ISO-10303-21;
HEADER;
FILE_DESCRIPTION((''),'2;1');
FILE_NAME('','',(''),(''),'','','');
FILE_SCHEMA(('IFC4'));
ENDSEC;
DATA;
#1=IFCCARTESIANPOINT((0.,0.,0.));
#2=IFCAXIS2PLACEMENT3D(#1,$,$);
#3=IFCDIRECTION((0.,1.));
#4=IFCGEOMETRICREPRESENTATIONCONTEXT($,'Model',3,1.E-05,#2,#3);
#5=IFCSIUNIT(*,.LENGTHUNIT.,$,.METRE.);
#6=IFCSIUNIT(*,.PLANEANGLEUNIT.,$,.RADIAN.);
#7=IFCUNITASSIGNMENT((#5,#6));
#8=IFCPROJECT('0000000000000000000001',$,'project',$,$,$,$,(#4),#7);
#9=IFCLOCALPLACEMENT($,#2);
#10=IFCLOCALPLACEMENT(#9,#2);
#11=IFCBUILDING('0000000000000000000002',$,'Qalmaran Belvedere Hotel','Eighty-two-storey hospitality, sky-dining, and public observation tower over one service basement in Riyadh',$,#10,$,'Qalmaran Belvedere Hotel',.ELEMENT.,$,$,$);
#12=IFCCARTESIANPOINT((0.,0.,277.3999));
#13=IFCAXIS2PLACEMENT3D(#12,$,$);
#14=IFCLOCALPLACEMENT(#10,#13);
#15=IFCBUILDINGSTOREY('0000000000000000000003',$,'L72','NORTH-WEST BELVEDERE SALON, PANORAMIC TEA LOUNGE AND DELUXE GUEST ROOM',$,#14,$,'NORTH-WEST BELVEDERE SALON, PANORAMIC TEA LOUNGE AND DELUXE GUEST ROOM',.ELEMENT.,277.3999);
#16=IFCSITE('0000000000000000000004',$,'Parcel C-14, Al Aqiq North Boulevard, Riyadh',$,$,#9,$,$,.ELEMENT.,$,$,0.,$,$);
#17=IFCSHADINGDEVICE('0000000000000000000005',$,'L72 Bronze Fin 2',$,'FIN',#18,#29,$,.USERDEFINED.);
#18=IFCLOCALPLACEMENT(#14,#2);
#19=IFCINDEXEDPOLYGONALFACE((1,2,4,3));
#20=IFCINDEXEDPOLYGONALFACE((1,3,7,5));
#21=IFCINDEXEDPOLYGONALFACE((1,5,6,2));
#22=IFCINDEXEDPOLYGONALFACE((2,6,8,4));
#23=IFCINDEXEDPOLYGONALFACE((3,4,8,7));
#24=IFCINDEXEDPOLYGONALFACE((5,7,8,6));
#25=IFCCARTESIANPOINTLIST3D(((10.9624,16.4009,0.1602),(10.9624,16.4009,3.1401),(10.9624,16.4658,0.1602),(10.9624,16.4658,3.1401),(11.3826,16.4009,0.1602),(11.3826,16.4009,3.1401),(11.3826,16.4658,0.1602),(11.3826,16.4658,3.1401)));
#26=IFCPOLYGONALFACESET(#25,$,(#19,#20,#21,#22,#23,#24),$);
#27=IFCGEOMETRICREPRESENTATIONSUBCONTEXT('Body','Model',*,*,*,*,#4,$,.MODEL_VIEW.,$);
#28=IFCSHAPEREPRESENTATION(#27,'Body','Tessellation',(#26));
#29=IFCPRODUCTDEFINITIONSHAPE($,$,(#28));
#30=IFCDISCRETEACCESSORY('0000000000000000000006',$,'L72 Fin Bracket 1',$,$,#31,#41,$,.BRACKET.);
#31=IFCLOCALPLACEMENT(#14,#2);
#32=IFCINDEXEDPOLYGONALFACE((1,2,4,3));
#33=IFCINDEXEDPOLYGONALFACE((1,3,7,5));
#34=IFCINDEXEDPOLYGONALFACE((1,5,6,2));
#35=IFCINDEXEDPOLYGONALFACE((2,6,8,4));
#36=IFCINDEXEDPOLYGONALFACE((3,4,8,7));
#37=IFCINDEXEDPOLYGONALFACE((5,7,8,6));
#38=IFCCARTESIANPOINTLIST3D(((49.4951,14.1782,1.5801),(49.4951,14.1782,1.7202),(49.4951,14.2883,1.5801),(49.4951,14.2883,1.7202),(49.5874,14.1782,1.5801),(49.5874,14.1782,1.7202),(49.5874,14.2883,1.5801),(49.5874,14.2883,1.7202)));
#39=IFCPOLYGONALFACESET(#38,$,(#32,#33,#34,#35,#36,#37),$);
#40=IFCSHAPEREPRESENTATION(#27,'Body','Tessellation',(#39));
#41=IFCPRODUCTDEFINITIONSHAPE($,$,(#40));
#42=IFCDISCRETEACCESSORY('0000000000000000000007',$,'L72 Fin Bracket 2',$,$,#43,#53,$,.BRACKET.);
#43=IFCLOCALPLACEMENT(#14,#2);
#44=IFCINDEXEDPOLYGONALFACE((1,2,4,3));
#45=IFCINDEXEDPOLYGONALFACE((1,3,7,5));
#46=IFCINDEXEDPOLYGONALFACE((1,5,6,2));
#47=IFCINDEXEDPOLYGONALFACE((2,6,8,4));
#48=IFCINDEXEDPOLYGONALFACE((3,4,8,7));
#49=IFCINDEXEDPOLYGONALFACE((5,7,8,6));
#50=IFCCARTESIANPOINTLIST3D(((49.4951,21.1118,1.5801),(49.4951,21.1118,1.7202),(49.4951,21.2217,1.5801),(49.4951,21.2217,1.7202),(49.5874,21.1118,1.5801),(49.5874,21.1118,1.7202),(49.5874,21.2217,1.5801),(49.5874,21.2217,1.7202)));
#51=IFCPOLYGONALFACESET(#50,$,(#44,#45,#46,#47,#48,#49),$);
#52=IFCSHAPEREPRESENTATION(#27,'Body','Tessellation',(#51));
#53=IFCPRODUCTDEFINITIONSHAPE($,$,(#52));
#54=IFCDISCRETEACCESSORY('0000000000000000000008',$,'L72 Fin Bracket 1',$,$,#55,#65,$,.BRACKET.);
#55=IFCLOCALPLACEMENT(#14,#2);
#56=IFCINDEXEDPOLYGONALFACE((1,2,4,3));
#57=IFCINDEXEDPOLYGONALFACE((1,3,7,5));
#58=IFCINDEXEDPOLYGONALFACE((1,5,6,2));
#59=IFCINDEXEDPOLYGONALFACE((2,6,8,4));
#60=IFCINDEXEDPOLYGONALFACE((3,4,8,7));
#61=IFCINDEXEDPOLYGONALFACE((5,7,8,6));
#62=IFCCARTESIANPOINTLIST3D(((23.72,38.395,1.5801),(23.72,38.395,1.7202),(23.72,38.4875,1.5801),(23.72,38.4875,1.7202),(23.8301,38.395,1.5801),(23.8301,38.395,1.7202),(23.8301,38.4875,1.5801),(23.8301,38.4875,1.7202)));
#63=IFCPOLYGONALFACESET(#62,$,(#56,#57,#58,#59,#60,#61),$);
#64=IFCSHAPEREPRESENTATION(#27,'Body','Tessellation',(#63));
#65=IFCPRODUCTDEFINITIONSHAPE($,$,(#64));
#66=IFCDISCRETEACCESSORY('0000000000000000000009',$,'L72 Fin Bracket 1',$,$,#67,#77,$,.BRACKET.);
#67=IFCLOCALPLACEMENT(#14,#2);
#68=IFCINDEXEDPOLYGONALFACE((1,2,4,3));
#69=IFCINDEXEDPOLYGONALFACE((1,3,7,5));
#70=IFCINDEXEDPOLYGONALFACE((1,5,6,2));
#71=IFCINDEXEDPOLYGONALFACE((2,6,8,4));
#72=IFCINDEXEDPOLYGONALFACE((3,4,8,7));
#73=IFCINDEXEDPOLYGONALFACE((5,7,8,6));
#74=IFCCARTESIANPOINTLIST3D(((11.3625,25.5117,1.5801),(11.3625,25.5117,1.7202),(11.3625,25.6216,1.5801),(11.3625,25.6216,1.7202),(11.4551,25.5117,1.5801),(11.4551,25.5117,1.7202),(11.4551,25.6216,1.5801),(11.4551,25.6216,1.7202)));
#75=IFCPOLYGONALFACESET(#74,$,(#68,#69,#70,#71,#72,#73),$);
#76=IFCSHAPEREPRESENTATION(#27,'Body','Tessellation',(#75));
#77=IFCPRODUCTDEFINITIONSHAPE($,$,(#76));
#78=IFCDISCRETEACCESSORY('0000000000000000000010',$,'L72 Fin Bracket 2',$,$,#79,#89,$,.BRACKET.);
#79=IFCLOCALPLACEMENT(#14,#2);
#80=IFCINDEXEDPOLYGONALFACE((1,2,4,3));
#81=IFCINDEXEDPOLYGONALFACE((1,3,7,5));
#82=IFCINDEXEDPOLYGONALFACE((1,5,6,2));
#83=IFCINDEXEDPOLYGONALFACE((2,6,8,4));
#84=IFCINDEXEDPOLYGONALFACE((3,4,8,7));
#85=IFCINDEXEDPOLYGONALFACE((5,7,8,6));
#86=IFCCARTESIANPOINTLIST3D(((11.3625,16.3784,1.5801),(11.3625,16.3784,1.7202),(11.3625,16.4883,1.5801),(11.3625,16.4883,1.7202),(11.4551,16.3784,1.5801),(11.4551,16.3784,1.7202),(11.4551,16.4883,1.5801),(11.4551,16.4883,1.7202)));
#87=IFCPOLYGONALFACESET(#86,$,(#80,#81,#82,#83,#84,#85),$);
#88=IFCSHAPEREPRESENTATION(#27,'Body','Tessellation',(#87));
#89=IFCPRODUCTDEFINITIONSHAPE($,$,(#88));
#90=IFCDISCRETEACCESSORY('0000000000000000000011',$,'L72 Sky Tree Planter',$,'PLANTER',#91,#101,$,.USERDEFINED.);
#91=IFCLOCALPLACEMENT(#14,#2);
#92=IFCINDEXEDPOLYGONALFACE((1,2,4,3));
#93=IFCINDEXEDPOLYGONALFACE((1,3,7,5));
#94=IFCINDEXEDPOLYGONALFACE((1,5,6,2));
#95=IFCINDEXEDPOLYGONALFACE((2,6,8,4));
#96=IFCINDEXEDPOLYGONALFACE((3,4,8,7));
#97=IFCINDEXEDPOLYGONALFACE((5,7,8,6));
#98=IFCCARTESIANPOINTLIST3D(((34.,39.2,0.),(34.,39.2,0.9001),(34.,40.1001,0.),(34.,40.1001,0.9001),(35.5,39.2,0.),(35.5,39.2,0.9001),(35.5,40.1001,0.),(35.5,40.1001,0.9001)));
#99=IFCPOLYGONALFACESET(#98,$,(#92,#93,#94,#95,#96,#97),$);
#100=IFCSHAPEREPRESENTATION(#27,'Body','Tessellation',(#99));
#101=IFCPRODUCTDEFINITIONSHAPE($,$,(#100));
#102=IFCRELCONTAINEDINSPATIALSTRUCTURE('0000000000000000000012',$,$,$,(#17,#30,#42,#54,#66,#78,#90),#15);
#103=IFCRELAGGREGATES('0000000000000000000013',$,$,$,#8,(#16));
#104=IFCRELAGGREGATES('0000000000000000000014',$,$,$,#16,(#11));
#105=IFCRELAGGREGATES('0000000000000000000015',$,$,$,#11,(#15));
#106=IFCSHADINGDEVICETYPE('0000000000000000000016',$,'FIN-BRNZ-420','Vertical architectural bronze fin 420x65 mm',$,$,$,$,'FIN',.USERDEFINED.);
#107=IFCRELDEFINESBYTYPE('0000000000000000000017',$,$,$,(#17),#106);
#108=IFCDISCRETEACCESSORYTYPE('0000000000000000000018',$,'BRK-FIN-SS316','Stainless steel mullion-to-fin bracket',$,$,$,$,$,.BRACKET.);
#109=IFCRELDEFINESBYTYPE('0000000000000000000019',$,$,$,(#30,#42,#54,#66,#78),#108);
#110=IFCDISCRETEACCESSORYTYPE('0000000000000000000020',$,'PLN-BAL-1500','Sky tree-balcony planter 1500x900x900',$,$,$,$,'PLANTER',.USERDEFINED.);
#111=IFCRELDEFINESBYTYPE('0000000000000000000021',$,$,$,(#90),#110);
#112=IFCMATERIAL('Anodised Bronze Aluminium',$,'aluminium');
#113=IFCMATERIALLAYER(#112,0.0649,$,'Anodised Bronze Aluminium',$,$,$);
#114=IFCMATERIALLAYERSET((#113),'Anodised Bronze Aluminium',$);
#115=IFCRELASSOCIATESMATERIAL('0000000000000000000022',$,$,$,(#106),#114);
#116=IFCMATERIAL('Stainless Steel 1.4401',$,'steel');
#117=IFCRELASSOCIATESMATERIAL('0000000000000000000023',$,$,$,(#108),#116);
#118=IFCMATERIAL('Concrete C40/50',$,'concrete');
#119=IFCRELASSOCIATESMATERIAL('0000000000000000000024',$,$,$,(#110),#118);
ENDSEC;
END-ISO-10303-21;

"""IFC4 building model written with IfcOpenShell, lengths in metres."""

from ifc_helpers import new_model, si_unit, direction, frame, origin, place, context, subcontext, project, spatial, polyline, outline, extrude, material, layer, layer_set, type_object, element, save


model = new_model("IFC4")

# Units and contexts
model_context = context("Model", 3, precision=1e-05, world=origin(), true_north=direction((0.0, 1.0)))
body_context = subcontext(model_context, "Body", "Model", "MODEL_VIEW")
ifc_project = project(units=[si_unit("LENGTHUNIT", "METRE"), si_unit("PLANEANGLEUNIT", "RADIAN")], contexts=[model_context])

# Site, building, storey
site_placement = place(None, origin())
site = spatial("IfcSite", under=ifc_project, at=site_placement, Name="Parcel C-14, Al Aqiq North Boulevard, Riyadh", CompositionType="ELEMENT", RefElevation=0.0)
building_placement = place(site_placement, origin())
building = spatial("IfcBuilding", under=site, at=building_placement, Name="Qalmaran Belvedere Hotel", Description="Eighty-two-storey hospitality, sky-dining, and public observation tower over one service basement in Riyadh", LongName="Qalmaran Belvedere Hotel", CompositionType="ELEMENT")
storey_placement = place(building_placement, frame((0.0, 0.0, 277.3999)))
storey = spatial("IfcBuildingStorey", under=building, at=storey_placement, Name="L72", Description="NORTH-WEST BELVEDERE SALON, PANORAMIC TEA LOUNGE AND DELUXE GUEST ROOM", LongName="NORTH-WEST BELVEDERE SALON, PANORAMIC TEA LOUNGE AND DELUXE GUEST ROOM", CompositionType="ELEMENT", Elevation=277.3999)

# Shared definitions
ifc_material_1 = material(Name="Anodised Bronze Aluminium", Category="aluminium")

# Shared definitions
ifc_material_2 = material(Name="Concrete C40/50", Category="concrete")

# Shading device
ifc_layer_1 = layer(ifc_material_1, 0.0649, Name="Anodised Bronze Aluminium")
ifc_layer_set_1 = layer_set([ifc_layer_1], Name="Anodised Bronze Aluminium")
shading_device_type = type_object("IfcShadingDeviceType", Name="FIN-BRNZ-420", Description="Vertical architectural bronze fin 420x65 mm", ElementType="FIN", PredefinedType="USERDEFINED", material=ifc_layer_set_1)
shading_device_1_placement = place(storey_placement, frame((0.0, 0.0, 0.1602)))
element("IfcShadingDevice", 1, at=shading_device_1_placement, inside=storey, type_object=shading_device_type, Name="L72 Bronze Fin 2", ObjectType="FIN", PredefinedType="USERDEFINED", context=body_context, shape_type="SweptSolid", body=[
    extrude(outline(polyline([(11.3826, 16.4658), (10.9624, 16.4658), (10.9624, 16.4009), (11.3826, 16.4009), (11.3826, 16.4658)])), origin(), (0.0, 0.0, 1.0), 2.98),
])

# Discrete accessories
ifc_material_3 = material(Name="Stainless Steel 1.4401", Category="steel")
discrete_accessory_type_1 = type_object("IfcDiscreteAccessoryType", Name="BRK-FIN-SS316", Description="Stainless steel mullion-to-fin bracket", PredefinedType="BRACKET", material=ifc_material_3)
discrete_accessory_1_placement = place(storey_placement, frame((0.0, 0.0, 1.5801)))
element("IfcDiscreteAccessory", 2, at=discrete_accessory_1_placement, inside=storey, type_object=discrete_accessory_type_1, Name="L72 Fin Bracket 1", PredefinedType="BRACKET", context=body_context, shape_type="SweptSolid", body=[
    extrude(outline(polyline([(49.4951, 14.1782), (49.5874, 14.1782), (49.5874, 14.2883), (49.4951, 14.2883), (49.4951, 14.1782)])), origin(), (0.0, 0.0, 1.0), 0.1401),
])
discrete_accessory_2_placement = place(storey_placement, frame((0.0, 0.0, 1.5801)))
element("IfcDiscreteAccessory", 3, at=discrete_accessory_2_placement, inside=storey, type_object=discrete_accessory_type_1, Name="L72 Fin Bracket 2", PredefinedType="BRACKET", context=body_context, shape_type="SweptSolid", body=[
    extrude(outline(polyline([(49.4951, 21.1118), (49.5874, 21.1118), (49.5874, 21.2217), (49.4951, 21.2217), (49.4951, 21.1118)])), origin(), (0.0, 0.0, 1.0), 0.1401),
])
discrete_accessory_3_placement = place(storey_placement, frame((0.0, 0.0, 1.5801)))
element("IfcDiscreteAccessory", 4, at=discrete_accessory_3_placement, inside=storey, type_object=discrete_accessory_type_1, Name="L72 Fin Bracket 1", PredefinedType="BRACKET", context=body_context, shape_type="SweptSolid", body=[
    extrude(outline(polyline([(23.8301, 38.395), (23.8301, 38.4875), (23.72, 38.4875), (23.72, 38.395), (23.8301, 38.395)])), origin(), (0.0, 0.0, 1.0), 0.1401),
])
discrete_accessory_4_placement = place(storey_placement, frame((0.0, 0.0, 1.5801)))
element("IfcDiscreteAccessory", 5, at=discrete_accessory_4_placement, inside=storey, type_object=discrete_accessory_type_1, Name="L72 Fin Bracket 1", PredefinedType="BRACKET", context=body_context, shape_type="SweptSolid", body=[
    extrude(outline(polyline([(11.4551, 25.6216), (11.3625, 25.6216), (11.3625, 25.5117), (11.4551, 25.5117), (11.4551, 25.6216)])), origin(), (0.0, 0.0, 1.0), 0.1401),
])
discrete_accessory_5_placement = place(storey_placement, frame((0.0, 0.0, 1.5801)))
element("IfcDiscreteAccessory", 6, at=discrete_accessory_5_placement, inside=storey, type_object=discrete_accessory_type_1, Name="L72 Fin Bracket 2", PredefinedType="BRACKET", context=body_context, shape_type="SweptSolid", body=[
    extrude(outline(polyline([(11.4551, 16.4883), (11.3625, 16.4883), (11.3625, 16.3784), (11.4551, 16.3784), (11.4551, 16.4883)])), origin(), (0.0, 0.0, 1.0), 0.1401),
])
discrete_accessory_type_2 = type_object("IfcDiscreteAccessoryType", Name="PLN-BAL-1500", Description="Sky tree-balcony planter 1500x900x900", ElementType="PLANTER", PredefinedType="USERDEFINED", material=ifc_material_2)
discrete_accessory_6_placement = place(storey_placement, origin())
element("IfcDiscreteAccessory", 7, at=discrete_accessory_6_placement, inside=storey, type_object=discrete_accessory_type_2, Name="L72 Sky Tree Planter", ObjectType="PLANTER", PredefinedType="USERDEFINED", context=body_context, shape_type="SweptSolid", body=[
    extrude(outline(polyline([(34.0, 39.2), (35.5, 39.2), (35.5, 40.1001), (34.0, 40.1001), (34.0, 39.2)])), origin(), (0.0, 0.0, 1.0), 0.9001),
])

save(model, "model.ifc")
